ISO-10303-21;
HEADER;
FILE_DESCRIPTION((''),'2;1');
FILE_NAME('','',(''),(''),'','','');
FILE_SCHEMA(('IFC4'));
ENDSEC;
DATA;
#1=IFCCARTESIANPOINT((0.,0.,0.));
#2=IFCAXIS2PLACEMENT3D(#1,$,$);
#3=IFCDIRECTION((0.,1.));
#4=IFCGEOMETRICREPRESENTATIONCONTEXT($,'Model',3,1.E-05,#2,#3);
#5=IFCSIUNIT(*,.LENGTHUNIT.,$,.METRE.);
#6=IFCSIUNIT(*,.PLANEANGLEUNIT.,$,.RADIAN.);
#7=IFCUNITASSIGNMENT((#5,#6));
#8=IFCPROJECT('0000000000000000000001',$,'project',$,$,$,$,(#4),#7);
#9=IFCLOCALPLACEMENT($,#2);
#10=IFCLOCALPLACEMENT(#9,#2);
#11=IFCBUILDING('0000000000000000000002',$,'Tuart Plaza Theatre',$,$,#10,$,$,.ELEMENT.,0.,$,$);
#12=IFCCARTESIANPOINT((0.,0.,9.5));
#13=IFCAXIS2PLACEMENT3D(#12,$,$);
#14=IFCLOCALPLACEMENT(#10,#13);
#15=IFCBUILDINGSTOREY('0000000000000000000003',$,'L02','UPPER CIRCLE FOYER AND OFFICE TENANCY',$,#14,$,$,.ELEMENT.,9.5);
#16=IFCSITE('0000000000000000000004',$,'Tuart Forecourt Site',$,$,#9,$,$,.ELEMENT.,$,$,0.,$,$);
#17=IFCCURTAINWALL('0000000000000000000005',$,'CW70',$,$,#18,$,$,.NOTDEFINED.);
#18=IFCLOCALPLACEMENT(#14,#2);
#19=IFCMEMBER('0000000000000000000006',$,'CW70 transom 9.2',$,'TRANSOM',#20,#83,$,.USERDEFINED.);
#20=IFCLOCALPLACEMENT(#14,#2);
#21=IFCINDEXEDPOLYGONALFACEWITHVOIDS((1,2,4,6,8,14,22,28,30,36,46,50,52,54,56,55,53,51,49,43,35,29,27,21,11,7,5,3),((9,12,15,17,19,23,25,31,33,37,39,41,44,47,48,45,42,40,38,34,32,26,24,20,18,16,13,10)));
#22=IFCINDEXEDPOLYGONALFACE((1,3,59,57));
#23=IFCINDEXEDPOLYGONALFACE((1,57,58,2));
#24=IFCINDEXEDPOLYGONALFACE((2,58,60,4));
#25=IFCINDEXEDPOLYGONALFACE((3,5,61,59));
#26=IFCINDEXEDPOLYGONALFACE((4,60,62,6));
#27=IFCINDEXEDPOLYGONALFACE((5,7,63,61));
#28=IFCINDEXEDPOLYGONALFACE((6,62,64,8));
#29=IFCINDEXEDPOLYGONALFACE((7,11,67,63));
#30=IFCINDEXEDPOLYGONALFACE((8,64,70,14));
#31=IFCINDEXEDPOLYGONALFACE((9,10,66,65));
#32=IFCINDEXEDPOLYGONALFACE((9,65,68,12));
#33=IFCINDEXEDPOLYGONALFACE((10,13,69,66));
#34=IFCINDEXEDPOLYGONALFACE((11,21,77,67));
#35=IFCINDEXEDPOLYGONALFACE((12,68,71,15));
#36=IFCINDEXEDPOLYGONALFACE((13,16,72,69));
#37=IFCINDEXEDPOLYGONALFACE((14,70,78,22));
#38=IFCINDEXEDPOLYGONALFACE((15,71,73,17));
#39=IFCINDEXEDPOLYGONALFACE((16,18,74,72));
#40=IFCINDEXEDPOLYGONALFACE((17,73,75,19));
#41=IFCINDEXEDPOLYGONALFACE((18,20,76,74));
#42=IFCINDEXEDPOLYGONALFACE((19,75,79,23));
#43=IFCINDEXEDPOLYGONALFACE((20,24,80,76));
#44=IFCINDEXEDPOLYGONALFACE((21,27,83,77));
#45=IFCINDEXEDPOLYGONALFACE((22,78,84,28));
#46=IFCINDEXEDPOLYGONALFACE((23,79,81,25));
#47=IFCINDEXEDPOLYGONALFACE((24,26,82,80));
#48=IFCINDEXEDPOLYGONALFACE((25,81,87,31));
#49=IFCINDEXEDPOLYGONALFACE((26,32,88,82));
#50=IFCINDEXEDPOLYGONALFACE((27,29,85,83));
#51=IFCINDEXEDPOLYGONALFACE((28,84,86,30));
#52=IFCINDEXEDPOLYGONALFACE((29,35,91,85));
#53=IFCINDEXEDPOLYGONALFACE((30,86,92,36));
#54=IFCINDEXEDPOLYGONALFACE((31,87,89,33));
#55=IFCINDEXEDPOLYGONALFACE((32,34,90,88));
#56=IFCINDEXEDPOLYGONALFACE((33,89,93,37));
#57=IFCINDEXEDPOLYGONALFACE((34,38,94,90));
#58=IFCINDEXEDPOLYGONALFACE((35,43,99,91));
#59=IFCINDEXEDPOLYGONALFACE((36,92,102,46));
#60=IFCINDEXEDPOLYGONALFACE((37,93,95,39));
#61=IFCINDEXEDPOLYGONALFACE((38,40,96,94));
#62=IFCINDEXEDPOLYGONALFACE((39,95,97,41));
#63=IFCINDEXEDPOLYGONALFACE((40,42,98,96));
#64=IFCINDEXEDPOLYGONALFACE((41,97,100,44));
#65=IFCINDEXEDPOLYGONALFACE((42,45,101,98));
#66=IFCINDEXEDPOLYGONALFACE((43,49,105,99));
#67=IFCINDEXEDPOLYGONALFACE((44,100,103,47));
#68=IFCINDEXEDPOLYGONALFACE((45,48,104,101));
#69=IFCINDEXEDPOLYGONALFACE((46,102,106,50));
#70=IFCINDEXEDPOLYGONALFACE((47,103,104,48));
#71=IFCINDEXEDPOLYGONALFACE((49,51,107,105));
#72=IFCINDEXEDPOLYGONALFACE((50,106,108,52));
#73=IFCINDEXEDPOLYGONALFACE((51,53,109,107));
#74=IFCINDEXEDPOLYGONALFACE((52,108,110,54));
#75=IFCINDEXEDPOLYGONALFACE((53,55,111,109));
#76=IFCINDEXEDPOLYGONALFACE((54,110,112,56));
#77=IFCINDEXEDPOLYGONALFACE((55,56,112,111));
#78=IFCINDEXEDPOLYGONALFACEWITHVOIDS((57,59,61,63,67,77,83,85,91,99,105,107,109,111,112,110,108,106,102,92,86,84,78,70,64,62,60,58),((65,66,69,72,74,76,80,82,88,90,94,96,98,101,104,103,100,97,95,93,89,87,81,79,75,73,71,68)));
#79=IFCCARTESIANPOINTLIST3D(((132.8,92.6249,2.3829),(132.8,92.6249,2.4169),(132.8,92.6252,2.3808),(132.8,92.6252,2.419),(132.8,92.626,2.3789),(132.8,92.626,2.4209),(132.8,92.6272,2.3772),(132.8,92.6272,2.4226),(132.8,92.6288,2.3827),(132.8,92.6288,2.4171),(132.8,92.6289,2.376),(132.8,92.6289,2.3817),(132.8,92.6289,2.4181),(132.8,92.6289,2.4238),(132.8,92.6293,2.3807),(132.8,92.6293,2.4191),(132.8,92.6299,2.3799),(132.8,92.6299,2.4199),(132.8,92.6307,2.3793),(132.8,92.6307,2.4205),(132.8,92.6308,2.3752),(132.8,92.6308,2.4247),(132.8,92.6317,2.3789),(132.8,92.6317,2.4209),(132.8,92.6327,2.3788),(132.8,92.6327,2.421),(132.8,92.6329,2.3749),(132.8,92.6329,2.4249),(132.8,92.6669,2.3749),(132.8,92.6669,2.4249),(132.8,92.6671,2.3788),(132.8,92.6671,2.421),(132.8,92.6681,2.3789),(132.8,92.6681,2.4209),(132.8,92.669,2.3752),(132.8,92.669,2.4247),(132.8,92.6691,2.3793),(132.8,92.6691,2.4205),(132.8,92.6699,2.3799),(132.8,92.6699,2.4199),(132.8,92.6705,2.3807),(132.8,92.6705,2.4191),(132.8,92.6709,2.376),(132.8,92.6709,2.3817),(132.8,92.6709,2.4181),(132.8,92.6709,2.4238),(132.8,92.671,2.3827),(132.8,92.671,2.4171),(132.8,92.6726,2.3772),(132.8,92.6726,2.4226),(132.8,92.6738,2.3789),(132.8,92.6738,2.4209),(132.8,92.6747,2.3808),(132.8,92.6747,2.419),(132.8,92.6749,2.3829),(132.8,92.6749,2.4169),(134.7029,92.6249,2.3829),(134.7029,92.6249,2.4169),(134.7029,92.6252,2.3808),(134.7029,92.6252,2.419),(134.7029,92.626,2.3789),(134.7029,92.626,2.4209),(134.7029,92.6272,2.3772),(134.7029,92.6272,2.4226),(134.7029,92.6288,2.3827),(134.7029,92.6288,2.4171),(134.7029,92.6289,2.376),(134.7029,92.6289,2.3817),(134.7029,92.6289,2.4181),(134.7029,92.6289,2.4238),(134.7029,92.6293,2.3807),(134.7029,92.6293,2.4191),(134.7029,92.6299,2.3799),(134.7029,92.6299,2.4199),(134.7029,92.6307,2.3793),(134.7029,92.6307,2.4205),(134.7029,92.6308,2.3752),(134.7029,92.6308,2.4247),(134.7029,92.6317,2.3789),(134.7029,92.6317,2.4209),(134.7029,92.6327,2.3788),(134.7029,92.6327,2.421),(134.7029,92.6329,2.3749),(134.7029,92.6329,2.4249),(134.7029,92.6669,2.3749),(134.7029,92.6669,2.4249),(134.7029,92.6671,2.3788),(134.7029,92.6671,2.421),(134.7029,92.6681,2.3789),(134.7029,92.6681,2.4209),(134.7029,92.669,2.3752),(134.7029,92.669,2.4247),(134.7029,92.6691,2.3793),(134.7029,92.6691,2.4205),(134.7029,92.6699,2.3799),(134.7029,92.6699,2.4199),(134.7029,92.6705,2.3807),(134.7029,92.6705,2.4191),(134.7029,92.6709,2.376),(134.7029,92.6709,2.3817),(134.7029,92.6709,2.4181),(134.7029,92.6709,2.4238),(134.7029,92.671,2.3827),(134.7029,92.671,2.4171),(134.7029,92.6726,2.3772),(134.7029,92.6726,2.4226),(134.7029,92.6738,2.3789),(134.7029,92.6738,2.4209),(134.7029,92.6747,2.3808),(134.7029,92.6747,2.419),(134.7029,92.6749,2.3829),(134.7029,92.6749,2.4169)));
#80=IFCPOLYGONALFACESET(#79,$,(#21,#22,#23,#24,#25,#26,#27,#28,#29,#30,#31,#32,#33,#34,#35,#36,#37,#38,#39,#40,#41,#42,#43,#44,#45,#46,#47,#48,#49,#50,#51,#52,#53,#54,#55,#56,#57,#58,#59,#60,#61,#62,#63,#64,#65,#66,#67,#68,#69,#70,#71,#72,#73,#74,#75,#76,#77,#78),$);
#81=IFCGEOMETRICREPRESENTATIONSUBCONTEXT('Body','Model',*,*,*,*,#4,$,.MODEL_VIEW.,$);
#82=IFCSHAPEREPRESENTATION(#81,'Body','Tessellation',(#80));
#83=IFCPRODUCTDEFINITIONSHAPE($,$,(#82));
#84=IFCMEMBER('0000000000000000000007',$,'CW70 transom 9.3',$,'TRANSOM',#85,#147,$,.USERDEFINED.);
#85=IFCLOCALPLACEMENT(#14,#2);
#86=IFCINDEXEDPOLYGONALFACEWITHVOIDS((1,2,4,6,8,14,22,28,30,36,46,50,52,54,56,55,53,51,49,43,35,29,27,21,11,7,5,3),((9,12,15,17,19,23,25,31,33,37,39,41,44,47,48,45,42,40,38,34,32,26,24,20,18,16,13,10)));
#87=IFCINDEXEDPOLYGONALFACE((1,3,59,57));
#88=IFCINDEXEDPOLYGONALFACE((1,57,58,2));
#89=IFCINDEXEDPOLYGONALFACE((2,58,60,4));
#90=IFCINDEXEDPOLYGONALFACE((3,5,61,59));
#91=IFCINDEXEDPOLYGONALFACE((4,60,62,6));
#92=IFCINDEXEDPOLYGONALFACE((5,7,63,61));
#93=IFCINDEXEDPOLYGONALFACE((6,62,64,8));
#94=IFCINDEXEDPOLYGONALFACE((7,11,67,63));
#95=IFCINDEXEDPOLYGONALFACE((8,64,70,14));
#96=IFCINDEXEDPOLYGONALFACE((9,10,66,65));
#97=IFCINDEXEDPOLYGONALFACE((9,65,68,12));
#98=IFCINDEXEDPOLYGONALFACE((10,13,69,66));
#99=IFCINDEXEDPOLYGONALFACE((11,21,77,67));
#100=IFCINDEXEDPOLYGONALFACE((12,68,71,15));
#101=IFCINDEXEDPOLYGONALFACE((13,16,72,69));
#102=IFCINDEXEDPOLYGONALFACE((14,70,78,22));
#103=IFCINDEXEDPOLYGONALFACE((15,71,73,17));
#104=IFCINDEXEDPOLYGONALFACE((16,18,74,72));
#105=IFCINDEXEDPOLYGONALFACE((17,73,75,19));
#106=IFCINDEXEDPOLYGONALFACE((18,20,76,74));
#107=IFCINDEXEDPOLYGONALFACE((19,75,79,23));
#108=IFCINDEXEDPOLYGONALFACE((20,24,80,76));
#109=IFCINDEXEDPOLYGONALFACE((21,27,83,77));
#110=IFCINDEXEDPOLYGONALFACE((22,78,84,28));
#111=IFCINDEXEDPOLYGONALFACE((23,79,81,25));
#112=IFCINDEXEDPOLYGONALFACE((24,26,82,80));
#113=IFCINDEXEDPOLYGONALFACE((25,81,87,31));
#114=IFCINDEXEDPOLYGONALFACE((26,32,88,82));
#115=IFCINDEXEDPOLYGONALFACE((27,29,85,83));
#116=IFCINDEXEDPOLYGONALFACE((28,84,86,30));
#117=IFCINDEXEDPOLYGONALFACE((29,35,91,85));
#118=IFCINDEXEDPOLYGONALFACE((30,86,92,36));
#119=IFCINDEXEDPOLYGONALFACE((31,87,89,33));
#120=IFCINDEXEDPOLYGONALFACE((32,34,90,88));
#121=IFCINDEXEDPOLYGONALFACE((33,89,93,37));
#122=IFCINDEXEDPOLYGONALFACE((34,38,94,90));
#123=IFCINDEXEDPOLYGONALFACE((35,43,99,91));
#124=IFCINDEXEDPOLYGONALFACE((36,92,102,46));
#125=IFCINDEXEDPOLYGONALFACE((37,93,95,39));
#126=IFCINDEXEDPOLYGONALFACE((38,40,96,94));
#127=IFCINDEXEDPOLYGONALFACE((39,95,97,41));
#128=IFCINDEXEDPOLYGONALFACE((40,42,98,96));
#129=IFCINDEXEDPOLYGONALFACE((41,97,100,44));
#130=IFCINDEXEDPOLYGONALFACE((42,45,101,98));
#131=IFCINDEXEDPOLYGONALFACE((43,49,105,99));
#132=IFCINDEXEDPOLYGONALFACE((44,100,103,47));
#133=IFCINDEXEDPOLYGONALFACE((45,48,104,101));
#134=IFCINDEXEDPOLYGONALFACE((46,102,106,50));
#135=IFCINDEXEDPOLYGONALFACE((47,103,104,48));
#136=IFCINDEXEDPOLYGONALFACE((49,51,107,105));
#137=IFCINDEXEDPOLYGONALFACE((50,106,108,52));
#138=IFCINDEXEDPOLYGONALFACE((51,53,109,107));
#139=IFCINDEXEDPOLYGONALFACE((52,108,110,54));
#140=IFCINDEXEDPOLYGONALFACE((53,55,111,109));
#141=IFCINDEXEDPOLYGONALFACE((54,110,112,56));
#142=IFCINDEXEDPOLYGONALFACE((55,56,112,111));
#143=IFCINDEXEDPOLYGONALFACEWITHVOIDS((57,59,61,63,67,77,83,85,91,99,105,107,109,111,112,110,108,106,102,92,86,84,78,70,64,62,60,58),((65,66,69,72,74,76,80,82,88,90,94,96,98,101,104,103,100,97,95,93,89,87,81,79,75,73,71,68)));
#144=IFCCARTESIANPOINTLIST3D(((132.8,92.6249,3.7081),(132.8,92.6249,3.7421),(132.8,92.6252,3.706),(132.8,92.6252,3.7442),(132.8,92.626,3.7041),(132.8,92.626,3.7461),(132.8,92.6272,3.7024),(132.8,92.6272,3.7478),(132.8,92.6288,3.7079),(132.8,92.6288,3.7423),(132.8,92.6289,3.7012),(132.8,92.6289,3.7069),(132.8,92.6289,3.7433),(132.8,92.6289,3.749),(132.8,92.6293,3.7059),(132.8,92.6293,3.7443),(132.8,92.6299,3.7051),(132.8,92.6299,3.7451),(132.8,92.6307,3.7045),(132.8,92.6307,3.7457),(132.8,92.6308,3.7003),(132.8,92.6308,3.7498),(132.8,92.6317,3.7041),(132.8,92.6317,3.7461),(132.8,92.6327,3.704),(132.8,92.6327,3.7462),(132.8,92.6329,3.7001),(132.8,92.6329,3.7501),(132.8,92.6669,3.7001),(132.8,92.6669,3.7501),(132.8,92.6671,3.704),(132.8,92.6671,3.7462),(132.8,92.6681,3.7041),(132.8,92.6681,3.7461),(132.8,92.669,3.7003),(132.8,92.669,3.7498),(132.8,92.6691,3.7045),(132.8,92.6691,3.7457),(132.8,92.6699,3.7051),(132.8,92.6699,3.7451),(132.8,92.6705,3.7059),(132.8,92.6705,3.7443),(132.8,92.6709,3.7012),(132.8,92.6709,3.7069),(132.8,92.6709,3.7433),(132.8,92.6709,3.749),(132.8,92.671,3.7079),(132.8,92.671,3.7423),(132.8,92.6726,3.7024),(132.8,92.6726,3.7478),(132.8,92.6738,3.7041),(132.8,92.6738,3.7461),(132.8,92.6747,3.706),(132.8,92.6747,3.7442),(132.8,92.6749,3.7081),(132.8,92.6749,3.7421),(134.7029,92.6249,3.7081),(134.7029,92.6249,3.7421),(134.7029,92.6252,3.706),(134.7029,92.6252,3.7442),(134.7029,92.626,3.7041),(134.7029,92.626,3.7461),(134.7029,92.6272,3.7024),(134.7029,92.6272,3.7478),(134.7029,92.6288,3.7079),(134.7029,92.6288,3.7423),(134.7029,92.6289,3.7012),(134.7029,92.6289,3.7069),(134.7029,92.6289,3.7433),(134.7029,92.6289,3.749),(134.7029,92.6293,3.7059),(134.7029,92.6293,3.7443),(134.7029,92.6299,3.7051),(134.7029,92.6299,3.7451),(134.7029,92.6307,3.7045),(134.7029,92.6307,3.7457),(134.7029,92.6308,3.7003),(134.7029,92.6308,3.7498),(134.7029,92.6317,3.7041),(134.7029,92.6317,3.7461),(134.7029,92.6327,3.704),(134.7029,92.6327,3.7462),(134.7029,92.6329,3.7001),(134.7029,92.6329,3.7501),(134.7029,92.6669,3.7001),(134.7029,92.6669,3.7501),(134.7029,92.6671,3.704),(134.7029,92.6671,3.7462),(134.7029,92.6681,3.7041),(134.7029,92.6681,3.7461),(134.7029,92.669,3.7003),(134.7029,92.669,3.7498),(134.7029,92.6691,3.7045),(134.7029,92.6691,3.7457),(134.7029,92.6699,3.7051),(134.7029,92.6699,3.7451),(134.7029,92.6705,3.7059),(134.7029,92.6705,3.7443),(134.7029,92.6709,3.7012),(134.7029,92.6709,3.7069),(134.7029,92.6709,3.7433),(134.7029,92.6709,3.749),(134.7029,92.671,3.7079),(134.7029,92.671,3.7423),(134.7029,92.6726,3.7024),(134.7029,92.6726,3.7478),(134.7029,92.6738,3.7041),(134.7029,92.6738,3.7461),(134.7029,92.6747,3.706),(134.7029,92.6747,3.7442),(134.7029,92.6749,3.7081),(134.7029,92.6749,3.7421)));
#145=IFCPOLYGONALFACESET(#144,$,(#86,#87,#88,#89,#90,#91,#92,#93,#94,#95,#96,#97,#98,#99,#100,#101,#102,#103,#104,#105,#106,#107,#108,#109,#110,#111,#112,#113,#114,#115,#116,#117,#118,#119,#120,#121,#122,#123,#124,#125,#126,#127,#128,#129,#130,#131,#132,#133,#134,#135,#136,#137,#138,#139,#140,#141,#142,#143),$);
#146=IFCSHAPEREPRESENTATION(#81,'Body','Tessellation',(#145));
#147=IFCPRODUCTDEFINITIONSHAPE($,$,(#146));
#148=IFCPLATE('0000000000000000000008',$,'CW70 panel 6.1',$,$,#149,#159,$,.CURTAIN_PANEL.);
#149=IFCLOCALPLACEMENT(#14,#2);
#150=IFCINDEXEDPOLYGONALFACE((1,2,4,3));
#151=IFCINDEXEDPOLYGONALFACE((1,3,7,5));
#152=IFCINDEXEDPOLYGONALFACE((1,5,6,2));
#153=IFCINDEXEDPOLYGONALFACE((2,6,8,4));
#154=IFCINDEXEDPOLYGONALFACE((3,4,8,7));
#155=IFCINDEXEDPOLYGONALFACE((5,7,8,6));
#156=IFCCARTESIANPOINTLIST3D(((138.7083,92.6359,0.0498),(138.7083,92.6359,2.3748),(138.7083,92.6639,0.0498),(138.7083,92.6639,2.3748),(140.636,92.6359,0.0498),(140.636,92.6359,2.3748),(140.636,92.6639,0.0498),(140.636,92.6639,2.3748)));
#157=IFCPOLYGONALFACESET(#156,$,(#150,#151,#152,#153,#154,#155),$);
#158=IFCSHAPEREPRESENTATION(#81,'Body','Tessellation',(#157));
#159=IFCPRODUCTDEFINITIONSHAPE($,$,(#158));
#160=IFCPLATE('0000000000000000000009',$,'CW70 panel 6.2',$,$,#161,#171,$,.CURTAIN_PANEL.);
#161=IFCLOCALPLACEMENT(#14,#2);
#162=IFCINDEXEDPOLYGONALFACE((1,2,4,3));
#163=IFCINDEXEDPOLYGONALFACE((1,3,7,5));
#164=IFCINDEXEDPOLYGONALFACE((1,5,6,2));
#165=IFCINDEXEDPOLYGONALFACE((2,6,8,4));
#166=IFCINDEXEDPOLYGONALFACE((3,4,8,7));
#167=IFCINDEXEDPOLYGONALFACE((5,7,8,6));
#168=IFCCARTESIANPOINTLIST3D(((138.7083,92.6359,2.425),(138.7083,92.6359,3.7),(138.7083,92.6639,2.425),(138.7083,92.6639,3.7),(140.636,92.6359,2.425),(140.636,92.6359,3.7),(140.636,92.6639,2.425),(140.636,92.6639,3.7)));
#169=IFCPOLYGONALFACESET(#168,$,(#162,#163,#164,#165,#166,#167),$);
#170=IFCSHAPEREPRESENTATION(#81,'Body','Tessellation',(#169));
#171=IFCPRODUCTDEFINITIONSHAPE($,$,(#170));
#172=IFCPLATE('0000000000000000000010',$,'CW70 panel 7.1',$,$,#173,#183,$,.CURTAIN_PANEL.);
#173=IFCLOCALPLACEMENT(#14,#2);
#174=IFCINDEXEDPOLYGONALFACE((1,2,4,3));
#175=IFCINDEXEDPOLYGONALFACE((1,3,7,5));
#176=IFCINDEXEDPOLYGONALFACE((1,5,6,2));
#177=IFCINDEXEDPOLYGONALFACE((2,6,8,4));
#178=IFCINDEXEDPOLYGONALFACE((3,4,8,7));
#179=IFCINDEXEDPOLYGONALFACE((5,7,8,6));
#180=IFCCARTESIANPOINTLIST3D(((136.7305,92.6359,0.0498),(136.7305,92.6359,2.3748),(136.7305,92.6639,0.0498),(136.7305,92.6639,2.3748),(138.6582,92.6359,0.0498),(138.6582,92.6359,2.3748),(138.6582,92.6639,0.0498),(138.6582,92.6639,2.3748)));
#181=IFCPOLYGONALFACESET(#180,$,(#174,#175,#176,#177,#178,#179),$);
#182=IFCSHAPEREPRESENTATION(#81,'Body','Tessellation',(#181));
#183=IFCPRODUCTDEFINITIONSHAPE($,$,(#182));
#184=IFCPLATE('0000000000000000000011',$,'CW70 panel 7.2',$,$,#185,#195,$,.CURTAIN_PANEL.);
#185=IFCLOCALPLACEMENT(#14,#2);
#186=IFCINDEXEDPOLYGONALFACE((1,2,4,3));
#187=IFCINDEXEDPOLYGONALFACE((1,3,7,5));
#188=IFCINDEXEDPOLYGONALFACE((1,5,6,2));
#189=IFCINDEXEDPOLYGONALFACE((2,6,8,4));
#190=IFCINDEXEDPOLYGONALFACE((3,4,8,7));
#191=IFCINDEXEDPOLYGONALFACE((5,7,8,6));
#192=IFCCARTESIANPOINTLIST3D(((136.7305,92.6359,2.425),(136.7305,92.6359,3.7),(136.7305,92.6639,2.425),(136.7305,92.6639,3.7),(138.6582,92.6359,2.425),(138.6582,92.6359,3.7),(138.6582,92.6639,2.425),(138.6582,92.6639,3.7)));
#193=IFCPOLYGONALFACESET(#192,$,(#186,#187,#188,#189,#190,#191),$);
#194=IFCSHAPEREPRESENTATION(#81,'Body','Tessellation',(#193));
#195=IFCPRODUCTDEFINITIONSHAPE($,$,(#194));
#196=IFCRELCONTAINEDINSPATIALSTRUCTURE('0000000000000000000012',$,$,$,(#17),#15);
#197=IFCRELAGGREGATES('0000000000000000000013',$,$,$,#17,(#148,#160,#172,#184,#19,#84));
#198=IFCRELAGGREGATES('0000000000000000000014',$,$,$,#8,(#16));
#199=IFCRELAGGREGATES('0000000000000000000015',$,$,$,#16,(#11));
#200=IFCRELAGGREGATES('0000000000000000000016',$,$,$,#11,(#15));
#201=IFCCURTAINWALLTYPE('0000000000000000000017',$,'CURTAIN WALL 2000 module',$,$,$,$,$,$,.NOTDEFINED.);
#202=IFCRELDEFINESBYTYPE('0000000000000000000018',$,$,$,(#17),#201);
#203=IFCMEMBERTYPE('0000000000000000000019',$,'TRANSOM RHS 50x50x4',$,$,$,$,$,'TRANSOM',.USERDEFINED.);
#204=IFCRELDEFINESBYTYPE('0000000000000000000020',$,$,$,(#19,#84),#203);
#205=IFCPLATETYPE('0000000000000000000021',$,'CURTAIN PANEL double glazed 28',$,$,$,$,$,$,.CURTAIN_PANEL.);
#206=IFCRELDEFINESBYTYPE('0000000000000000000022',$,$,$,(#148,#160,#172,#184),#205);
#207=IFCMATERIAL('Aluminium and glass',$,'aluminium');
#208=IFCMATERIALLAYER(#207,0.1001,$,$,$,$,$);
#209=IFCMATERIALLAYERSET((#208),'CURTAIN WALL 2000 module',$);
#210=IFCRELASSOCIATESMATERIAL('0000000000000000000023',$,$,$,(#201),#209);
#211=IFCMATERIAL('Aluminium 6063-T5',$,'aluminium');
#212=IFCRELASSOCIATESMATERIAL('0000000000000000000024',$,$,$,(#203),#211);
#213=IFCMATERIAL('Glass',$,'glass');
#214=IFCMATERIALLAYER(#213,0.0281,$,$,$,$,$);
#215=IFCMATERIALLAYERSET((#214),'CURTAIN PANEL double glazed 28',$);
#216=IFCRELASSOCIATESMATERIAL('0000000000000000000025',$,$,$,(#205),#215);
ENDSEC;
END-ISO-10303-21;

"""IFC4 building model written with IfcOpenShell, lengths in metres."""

from ifc_helpers import new_model, si_unit, direction, frame, origin, origin_2d, place, context, subcontext, project, spatial, rectangle, hollow_rectangle, extrude, material, layer, layer_set, material_profile, profile_set, type_object, element, aggregate, save


model = new_model("IFC4")

# Units and contexts
model_context = context("Model", 3, precision=1e-05, world=origin(), true_north=direction((0.0, 1.0)))
body_context = subcontext(model_context, "Body", "Model", "MODEL_VIEW")
ifc_project = project(units=[si_unit("LENGTHUNIT", "METRE"), si_unit("PLANEANGLEUNIT", "RADIAN")], contexts=[model_context])

# Site, building, storey
site_placement = place(None, origin())
site = spatial("IfcSite", under=ifc_project, at=site_placement, Name="Tuart Forecourt Site", CompositionType="ELEMENT", RefElevation=0.0)
building_placement = place(site_placement, origin())
building = spatial("IfcBuilding", under=site, at=building_placement, Name="Tuart Plaza Theatre", CompositionType="ELEMENT", ElevationOfRefHeight=0.0)
storey_placement = place(building_placement, frame((0.0, 0.0, 9.5)))
storey = spatial("IfcBuildingStorey", under=building, at=storey_placement, Name="L02", Description="UPPER CIRCLE FOYER AND OFFICE TENANCY", CompositionType="ELEMENT", Elevation=9.5)

# Curtain wall
ifc_material_1 = material(Name="Aluminium and glass", Category="aluminium")
ifc_layer_1 = layer(ifc_material_1, 0.1001)
ifc_layer_set_1 = layer_set([ifc_layer_1], Name="CURTAIN WALL 2000 module")
curtain_wall_type = type_object("IfcCurtainWallType", Name="CURTAIN WALL 2000 module", PredefinedType="NOTDEFINED", material=ifc_layer_set_1)
curtain_wall_1_placement = place(storey_placement, origin())
curtain_wall_1 = element("IfcCurtainWall", 1, at=curtain_wall_1_placement, inside=storey, type_object=curtain_wall_type, Name="CW70", PredefinedType="NOTDEFINED")

# Members
ifc_material_2 = material(Name="Aluminium 6063-T5", Category="aluminium")
ifc_material_profile_1 = material_profile(ifc_material_2, hollow_rectangle(XDim=0.05, YDim=0.05, WallThickness=0.0039, InnerFilletRadius=0.0039, OuterFilletRadius=0.0081, at=origin_2d()), Name="RHS 50x50x4")
ifc_profile_set_1 = profile_set([ifc_material_profile_1], Name="Aluminium 6063-T5")
member_type_1 = type_object("IfcMemberType", Name="TRANSOM RHS 50x50x4", ElementType="TRANSOM", PredefinedType="USERDEFINED", material=ifc_profile_set_1)
member_1_placement = place(storey_placement, frame((134.7029, 92.6499, 2.3999), z_axis=(-1.0, 0.0, 0.0), x_axis=(0.0, -1.0, 0.0)))
member_1 = element("IfcMember", 2, at=member_1_placement, type_object=member_type_1, Name="CW70 transom 9.2", ObjectType="TRANSOM", PredefinedType="USERDEFINED", context=body_context, shape_type="SweptSolid", body=[
    extrude(hollow_rectangle(XDim=0.05, YDim=0.05, WallThickness=0.0039, InnerFilletRadius=0.0039, OuterFilletRadius=0.0081, at=origin_2d()), origin(), (0.0, 0.0, 1.0), 1.9028),
])
member_2_placement = place(storey_placement, frame((134.7029, 92.6499, 3.7251), z_axis=(-1.0, 0.0, 0.0), x_axis=(0.0, -1.0, 0.0)))
member_2 = element("IfcMember", 3, at=member_2_placement, type_object=member_type_1, Name="CW70 transom 9.3", ObjectType="TRANSOM", PredefinedType="USERDEFINED", context=body_context, shape_type="SweptSolid", body=[
    extrude(hollow_rectangle(XDim=0.05, YDim=0.05, WallThickness=0.0039, InnerFilletRadius=0.0039, OuterFilletRadius=0.0081, at=origin_2d()), origin(), (0.0, 0.0, 1.0), 1.9028),
])

# Plates
ifc_material_3 = material(Name="Glass", Category="glass")
ifc_layer_2 = layer(ifc_material_3, 0.0281)
ifc_layer_set_2 = layer_set([ifc_layer_2], Name="CURTAIN PANEL double glazed 28")
plate_type = type_object("IfcPlateType", Name="CURTAIN PANEL double glazed 28", PredefinedType="CURTAIN_PANEL", material=ifc_layer_set_2)
plate_1_placement = place(storey_placement, frame((139.6721, 92.6499, 0.0498), z_axis=(0.0, 0.0, 1.0), x_axis=(-1.0, 0.0, 0.0)))
plate_1 = element("IfcPlate", 4, at=plate_1_placement, type_object=plate_type, Name="CW70 panel 6.1", PredefinedType="CURTAIN_PANEL", context=body_context, shape_type="SweptSolid", body=[
    extrude(rectangle(XDim=1.9277, YDim=0.0281, at=origin_2d()), origin(), (0.0, 0.0, 1.0), 2.325),
])
plate_2_placement = place(storey_placement, frame((139.6721, 92.6499, 2.425), z_axis=(0.0, 0.0, 1.0), x_axis=(-1.0, 0.0, 0.0)))
plate_2 = element("IfcPlate", 5, at=plate_2_placement, type_object=plate_type, Name="CW70 panel 6.2", PredefinedType="CURTAIN_PANEL", context=body_context, shape_type="SweptSolid", body=[
    extrude(rectangle(XDim=1.9277, YDim=0.0281, at=origin_2d()), origin(), (0.0, 0.0, 1.0), 1.2749),
])
plate_3_placement = place(storey_placement, frame((137.6943, 92.6499, 0.0498), z_axis=(0.0, 0.0, 1.0), x_axis=(-1.0, 0.0, 0.0)))
plate_3 = element("IfcPlate", 6, at=plate_3_placement, type_object=plate_type, Name="CW70 panel 7.1", PredefinedType="CURTAIN_PANEL", context=body_context, shape_type="SweptSolid", body=[
    extrude(rectangle(XDim=1.9277, YDim=0.0281, at=origin_2d()), origin(), (0.0, 0.0, 1.0), 2.325),
])
plate_4_placement = place(storey_placement, frame((137.6943, 92.6499, 2.425), z_axis=(0.0, 0.0, 1.0), x_axis=(-1.0, 0.0, 0.0)))
plate_4 = element("IfcPlate", 7, at=plate_4_placement, type_object=plate_type, Name="CW70 panel 7.2", PredefinedType="CURTAIN_PANEL", context=body_context, shape_type="SweptSolid", body=[
    extrude(rectangle(XDim=1.9277, YDim=0.0281, at=origin_2d()), origin(), (0.0, 0.0, 1.0), 1.2749),
])
aggregate(curtain_wall_1, [plate_1, plate_2, plate_3, plate_4, member_1, member_2])

save(model, "model.ifc")
